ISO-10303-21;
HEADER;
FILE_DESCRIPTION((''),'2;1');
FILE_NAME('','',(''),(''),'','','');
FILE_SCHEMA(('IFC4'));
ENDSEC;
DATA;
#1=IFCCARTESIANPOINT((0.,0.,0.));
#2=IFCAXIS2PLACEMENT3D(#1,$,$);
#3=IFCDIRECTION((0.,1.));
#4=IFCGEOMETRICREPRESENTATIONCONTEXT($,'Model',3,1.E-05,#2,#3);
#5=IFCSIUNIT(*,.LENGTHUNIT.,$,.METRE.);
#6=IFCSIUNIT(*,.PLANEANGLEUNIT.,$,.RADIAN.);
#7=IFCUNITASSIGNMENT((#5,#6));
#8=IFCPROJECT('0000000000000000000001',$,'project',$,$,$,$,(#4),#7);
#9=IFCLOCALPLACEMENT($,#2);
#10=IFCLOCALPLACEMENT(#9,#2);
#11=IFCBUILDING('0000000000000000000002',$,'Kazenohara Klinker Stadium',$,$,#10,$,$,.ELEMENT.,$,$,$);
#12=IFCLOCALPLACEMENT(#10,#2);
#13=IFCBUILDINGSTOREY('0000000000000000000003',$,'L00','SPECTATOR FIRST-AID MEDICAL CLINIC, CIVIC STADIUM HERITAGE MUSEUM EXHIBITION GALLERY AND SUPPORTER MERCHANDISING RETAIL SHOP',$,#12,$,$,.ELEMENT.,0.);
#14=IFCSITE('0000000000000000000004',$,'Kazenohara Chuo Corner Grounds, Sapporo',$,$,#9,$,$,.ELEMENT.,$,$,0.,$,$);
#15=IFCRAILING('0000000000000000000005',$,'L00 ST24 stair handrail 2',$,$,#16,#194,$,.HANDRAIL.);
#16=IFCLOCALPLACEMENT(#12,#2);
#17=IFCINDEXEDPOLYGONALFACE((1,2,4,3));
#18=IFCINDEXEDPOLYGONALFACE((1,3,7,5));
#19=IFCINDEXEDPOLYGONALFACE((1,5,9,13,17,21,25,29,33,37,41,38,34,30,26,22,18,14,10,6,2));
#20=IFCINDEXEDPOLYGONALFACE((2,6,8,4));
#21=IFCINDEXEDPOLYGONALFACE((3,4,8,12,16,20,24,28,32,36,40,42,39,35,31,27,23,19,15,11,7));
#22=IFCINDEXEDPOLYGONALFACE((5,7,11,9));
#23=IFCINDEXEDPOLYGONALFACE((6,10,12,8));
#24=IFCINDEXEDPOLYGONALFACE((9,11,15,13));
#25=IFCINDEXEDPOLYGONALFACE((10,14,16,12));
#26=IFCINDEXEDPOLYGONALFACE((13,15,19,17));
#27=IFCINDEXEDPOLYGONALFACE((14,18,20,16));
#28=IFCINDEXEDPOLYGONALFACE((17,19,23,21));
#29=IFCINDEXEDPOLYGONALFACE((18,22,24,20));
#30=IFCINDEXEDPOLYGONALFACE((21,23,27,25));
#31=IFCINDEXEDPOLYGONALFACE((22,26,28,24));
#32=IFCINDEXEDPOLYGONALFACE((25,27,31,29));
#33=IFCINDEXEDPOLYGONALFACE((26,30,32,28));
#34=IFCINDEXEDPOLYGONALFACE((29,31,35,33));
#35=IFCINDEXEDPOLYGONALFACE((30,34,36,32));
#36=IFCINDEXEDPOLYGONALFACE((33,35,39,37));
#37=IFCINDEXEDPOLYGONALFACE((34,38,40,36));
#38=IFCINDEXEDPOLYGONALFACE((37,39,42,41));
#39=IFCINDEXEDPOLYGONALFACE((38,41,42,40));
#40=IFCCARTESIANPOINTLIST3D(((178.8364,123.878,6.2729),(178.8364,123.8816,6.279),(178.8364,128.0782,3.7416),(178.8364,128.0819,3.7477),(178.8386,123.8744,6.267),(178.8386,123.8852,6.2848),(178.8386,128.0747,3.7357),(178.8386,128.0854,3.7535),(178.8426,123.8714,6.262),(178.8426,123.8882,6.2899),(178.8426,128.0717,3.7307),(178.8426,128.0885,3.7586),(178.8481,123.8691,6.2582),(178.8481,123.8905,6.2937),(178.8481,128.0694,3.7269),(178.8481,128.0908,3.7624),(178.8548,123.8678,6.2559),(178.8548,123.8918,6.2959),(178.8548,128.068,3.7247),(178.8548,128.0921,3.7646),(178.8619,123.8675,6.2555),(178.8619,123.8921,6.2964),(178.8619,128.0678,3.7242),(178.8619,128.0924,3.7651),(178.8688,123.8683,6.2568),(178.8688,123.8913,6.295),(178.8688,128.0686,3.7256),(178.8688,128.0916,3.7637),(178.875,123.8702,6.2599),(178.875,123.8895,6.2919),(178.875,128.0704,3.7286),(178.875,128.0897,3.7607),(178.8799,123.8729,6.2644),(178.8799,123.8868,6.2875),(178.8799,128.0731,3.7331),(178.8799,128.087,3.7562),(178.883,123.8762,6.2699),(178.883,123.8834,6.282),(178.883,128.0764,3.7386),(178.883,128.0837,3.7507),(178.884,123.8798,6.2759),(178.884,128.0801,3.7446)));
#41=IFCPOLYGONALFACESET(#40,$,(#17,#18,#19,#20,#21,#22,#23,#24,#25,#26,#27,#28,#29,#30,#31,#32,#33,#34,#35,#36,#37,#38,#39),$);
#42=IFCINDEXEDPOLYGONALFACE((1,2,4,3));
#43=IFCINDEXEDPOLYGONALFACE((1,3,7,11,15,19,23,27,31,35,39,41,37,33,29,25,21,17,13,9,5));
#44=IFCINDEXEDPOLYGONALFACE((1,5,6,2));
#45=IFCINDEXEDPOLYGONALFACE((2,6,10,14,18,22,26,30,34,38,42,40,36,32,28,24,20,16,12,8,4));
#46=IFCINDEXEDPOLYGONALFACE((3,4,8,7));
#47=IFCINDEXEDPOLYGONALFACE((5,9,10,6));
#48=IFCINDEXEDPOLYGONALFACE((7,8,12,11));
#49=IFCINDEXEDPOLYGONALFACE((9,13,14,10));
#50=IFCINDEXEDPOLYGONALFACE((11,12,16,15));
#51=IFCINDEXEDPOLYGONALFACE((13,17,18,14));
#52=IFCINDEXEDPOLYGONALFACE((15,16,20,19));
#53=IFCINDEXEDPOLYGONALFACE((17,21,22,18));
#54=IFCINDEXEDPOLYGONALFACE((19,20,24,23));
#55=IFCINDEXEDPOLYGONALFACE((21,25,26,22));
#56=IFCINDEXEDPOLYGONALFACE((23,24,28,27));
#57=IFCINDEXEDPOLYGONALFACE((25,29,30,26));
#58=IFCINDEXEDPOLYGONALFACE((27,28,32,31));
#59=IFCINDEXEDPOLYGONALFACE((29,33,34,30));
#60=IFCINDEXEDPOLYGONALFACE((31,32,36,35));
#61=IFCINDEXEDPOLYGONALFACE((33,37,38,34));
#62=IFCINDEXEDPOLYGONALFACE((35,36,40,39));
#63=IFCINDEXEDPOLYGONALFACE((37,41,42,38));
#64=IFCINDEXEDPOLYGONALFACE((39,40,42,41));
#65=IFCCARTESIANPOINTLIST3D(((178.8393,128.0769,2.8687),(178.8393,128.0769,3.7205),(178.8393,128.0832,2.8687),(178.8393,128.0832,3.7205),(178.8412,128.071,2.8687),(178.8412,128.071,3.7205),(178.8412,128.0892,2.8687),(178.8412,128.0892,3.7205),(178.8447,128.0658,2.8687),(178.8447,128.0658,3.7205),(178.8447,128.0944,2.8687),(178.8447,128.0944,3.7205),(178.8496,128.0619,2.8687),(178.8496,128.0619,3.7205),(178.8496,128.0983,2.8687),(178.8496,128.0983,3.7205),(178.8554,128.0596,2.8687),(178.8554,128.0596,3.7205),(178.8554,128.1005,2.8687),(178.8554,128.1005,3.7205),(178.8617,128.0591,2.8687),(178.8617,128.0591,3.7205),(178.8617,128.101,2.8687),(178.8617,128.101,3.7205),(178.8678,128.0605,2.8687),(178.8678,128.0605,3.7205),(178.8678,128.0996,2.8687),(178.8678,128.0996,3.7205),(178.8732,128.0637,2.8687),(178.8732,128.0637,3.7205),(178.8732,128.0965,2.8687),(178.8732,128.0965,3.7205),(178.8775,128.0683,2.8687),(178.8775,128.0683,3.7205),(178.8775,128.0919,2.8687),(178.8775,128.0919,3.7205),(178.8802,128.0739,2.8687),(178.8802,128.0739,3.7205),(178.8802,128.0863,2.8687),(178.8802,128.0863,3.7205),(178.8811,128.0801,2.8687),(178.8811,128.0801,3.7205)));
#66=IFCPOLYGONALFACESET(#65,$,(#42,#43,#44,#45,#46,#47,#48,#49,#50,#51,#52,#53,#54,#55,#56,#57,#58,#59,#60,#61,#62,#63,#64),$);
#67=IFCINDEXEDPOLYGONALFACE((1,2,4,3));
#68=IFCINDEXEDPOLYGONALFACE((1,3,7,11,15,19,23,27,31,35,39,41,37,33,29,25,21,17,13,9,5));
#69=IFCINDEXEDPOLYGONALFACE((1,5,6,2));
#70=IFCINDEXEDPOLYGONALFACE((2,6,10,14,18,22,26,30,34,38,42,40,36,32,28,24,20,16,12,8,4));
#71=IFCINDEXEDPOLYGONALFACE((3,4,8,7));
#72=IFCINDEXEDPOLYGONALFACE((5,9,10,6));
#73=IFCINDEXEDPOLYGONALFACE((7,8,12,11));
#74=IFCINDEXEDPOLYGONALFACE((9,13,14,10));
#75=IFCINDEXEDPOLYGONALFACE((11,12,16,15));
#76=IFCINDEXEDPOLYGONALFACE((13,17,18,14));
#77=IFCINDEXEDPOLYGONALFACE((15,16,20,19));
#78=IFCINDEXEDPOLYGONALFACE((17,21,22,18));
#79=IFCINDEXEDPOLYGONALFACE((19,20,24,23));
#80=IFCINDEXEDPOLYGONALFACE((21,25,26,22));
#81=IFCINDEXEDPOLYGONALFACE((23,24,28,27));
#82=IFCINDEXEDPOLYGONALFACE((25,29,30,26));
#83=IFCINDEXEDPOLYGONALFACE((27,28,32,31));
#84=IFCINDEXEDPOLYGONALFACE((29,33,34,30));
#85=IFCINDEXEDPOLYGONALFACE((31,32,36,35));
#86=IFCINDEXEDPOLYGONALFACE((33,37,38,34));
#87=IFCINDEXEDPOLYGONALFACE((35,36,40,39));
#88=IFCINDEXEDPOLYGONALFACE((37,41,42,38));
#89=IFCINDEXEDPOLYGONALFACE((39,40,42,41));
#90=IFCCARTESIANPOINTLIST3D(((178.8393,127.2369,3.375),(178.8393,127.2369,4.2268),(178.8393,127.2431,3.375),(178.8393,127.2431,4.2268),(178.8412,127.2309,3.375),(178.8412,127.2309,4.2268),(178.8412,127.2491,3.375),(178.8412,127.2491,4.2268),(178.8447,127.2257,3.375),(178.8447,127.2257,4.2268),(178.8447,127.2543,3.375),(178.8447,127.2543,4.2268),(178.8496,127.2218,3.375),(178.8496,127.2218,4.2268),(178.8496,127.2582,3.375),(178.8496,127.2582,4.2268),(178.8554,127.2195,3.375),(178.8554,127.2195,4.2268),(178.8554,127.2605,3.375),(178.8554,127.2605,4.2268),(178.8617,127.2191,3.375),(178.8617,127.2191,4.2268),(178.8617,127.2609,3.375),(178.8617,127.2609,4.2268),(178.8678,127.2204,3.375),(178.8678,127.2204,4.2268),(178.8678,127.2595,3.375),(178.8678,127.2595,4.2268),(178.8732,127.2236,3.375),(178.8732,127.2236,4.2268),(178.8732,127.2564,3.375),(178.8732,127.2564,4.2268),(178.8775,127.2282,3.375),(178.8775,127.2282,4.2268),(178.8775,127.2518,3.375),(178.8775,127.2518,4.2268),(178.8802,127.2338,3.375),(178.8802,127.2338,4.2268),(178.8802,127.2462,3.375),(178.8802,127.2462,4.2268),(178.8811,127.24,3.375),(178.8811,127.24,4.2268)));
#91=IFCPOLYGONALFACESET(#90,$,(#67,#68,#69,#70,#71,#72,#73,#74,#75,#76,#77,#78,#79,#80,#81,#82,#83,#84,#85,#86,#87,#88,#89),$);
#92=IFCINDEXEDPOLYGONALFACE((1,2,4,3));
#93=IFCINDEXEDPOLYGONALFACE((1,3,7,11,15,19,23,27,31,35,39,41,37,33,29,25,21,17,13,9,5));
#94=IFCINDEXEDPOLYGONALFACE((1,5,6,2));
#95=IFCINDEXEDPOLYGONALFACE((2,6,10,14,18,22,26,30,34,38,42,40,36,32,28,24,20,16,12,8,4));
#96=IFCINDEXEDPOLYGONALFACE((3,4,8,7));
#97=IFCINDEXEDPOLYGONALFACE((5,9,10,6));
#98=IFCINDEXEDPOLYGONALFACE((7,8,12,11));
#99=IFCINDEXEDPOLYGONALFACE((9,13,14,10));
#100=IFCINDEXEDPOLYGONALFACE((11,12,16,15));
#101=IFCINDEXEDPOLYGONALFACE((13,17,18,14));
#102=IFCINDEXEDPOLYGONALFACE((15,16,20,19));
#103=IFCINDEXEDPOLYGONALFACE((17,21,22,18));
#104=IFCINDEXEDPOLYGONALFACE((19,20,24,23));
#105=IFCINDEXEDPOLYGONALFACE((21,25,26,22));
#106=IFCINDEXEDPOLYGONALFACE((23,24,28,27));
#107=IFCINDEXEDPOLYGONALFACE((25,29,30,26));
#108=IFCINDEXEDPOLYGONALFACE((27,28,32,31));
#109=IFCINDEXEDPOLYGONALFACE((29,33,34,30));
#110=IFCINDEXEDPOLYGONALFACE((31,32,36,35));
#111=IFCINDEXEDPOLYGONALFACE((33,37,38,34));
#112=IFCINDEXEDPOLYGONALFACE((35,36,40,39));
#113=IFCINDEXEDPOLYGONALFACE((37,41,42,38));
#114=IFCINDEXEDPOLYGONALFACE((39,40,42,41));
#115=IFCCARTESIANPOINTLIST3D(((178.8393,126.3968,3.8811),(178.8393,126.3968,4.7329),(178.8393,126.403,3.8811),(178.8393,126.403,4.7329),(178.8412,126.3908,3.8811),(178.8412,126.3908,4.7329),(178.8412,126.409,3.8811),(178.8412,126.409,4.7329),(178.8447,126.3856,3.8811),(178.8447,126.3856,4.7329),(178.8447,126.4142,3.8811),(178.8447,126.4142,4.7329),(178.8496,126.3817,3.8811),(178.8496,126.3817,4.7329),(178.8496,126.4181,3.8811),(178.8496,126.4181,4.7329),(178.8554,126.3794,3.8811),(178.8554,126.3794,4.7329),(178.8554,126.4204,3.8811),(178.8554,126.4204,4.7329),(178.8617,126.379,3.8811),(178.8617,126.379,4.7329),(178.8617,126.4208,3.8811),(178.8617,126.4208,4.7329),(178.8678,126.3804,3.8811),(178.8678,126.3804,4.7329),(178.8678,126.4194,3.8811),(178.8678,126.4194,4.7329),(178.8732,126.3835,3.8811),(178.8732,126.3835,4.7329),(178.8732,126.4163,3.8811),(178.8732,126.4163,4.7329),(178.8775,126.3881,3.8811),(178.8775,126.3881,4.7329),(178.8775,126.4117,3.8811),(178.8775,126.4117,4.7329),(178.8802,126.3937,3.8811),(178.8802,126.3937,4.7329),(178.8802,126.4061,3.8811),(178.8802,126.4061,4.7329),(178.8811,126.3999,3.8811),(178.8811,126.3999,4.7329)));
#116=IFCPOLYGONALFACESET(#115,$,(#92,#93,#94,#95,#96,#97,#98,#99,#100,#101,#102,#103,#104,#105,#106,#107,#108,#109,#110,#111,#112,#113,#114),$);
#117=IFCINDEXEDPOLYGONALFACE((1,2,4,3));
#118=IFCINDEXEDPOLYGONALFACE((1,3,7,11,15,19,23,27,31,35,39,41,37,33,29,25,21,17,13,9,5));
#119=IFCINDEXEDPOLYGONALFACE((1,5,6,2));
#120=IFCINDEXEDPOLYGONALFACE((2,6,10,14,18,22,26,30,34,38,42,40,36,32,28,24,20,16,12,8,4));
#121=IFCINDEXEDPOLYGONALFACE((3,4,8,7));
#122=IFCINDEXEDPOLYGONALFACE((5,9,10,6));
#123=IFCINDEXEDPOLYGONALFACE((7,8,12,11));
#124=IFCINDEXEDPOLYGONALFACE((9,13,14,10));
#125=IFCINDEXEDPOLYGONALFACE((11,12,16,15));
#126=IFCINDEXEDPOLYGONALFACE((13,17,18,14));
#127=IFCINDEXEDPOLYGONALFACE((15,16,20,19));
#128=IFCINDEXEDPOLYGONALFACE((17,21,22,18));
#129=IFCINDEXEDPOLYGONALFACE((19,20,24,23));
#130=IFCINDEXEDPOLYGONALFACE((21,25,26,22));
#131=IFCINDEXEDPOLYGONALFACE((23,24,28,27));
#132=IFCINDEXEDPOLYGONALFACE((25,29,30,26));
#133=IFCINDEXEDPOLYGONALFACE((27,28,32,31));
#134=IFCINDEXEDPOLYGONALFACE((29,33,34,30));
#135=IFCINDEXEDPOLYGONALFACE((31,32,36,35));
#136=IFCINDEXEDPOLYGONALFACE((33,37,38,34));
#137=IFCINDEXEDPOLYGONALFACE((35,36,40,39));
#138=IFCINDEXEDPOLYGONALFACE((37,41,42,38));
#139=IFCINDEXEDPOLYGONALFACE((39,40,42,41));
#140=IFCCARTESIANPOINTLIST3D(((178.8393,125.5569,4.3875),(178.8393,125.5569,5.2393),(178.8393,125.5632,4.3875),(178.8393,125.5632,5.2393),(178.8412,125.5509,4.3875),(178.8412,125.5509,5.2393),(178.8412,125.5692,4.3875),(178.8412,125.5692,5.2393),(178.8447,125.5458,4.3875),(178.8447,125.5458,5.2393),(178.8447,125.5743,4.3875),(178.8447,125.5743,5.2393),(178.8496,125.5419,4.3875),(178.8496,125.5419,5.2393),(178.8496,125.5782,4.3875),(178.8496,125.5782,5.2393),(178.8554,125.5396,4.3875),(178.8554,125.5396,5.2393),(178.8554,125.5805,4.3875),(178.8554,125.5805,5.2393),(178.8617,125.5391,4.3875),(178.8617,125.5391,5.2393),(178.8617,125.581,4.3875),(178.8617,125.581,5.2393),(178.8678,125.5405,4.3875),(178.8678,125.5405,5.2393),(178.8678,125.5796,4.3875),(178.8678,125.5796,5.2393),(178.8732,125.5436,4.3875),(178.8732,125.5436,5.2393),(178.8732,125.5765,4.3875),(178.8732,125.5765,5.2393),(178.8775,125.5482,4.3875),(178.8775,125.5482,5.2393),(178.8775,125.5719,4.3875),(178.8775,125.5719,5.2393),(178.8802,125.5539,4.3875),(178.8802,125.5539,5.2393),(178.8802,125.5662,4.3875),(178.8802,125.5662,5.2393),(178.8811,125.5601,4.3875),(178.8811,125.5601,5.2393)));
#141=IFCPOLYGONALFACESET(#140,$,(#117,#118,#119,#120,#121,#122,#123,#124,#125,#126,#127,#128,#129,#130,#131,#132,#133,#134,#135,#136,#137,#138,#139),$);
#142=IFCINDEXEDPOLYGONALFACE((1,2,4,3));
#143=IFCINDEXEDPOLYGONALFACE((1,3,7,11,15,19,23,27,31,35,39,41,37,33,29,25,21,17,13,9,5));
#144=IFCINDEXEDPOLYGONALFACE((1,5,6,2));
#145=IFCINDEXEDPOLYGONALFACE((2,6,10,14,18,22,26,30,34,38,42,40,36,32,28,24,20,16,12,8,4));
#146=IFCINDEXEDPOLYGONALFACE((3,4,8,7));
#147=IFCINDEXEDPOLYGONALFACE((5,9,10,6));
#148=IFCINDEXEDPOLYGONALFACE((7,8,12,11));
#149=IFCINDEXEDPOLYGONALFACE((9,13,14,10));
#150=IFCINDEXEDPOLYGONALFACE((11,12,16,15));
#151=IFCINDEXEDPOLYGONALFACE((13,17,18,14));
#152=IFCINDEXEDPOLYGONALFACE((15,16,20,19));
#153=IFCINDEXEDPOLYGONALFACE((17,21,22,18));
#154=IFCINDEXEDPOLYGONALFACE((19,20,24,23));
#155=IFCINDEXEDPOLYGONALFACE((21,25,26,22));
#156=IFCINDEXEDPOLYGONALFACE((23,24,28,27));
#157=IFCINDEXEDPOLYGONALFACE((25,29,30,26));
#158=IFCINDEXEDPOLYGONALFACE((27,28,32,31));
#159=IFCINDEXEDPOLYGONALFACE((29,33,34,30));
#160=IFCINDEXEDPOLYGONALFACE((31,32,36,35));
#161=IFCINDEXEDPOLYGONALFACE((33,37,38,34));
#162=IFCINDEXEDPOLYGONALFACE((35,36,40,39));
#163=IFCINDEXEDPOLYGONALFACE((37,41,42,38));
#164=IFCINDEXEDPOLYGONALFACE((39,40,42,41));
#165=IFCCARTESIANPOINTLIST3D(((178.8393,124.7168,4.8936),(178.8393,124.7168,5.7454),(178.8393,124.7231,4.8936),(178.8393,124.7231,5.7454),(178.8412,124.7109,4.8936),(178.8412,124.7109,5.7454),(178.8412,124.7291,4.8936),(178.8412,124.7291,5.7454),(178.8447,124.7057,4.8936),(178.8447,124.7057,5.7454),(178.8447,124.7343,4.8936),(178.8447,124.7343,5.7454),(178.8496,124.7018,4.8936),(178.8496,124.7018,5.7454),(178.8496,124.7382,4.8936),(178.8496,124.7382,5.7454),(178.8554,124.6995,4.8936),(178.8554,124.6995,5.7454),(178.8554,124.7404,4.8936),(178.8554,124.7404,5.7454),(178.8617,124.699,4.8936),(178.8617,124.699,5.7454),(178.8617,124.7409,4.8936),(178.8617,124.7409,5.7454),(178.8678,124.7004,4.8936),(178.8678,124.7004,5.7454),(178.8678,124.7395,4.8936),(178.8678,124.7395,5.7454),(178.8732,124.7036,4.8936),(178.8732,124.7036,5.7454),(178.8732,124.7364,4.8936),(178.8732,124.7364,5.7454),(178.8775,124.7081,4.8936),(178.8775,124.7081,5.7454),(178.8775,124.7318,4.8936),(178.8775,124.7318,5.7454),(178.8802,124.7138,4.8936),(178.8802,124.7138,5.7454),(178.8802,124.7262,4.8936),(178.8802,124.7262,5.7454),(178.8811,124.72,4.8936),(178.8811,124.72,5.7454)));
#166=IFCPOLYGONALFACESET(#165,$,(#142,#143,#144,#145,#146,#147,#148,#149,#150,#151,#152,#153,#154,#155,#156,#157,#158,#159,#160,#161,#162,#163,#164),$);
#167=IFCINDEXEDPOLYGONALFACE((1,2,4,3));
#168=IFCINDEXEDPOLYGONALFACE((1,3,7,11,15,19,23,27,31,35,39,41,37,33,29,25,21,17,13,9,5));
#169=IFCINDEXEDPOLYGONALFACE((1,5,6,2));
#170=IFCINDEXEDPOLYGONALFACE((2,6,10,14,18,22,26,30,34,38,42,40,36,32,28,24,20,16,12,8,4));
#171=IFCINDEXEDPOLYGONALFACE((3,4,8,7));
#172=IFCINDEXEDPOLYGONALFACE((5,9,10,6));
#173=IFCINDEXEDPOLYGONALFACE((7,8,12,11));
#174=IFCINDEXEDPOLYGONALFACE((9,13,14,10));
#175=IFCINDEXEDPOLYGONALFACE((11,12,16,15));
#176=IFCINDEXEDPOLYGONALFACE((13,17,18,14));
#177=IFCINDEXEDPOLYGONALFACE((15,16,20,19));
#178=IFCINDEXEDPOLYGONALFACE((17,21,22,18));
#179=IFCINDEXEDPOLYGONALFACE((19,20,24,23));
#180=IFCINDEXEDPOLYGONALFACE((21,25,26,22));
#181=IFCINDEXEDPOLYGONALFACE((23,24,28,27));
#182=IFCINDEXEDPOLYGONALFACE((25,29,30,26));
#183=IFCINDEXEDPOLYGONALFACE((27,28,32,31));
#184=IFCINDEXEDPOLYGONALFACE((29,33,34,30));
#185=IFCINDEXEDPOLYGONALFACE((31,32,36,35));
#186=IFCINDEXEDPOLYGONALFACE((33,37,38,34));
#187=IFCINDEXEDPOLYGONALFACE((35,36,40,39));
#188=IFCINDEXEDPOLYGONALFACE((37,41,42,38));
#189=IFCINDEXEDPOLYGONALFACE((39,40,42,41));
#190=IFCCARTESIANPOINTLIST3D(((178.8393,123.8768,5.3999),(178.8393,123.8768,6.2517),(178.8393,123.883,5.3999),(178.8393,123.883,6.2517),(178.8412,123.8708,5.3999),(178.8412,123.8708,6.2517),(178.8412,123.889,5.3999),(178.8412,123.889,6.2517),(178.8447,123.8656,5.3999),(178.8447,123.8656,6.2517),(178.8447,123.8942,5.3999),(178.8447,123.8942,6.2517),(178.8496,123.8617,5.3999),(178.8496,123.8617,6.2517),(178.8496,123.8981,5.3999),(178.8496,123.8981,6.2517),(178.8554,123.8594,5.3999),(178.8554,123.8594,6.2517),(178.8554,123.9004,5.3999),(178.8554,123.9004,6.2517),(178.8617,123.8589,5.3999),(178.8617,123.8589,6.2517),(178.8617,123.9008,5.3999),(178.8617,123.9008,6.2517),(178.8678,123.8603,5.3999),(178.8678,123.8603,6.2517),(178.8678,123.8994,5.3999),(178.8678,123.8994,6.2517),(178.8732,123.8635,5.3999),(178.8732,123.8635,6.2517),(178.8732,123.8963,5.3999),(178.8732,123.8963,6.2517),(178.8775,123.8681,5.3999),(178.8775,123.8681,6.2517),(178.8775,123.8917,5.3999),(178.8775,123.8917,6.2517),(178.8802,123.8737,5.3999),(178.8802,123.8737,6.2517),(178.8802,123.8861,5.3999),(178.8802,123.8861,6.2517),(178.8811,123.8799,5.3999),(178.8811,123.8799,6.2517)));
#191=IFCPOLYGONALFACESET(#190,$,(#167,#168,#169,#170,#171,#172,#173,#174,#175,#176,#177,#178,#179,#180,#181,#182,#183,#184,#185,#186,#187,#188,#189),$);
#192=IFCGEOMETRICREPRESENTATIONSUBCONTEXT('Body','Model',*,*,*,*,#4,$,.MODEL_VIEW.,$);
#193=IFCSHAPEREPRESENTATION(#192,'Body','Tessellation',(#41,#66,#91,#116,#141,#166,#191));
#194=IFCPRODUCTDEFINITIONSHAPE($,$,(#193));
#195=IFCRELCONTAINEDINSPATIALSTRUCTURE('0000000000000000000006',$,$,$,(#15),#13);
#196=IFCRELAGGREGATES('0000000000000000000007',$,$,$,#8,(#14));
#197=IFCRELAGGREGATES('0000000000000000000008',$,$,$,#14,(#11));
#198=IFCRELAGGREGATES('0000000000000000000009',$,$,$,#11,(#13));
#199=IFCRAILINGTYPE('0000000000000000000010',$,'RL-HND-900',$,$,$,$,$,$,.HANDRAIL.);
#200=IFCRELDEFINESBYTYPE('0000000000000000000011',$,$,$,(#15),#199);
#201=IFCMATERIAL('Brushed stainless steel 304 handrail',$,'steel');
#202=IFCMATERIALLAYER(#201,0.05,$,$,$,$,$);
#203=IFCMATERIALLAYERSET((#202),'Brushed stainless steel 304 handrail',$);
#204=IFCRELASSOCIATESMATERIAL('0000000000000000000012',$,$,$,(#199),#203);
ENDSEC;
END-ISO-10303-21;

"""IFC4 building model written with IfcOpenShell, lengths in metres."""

from ifc_helpers import new_model, si_unit, direction, frame, origin, origin_2d, place, context, subcontext, project, spatial, circle, extrude, material, layer, layer_set, type_object, element, save


model = new_model("IFC4")

# Units and contexts
model_context = context("Model", 3, precision=1e-05, world=origin(), true_north=direction((0.0, 1.0)))
body_context = subcontext(model_context, "Body", "Model", "MODEL_VIEW")
ifc_project = project(units=[si_unit("LENGTHUNIT", "METRE"), si_unit("PLANEANGLEUNIT", "RADIAN")], contexts=[model_context])

# Site, building, storey
site_placement = place(None, origin())
site = spatial("IfcSite", under=ifc_project, at=site_placement, Name="Kazenohara Chuo Corner Grounds, Sapporo", CompositionType="ELEMENT", RefElevation=0.0)
building_placement = place(site_placement, origin())
building = spatial("IfcBuilding", under=site, at=building_placement, Name="Kazenohara Klinker Stadium", CompositionType="ELEMENT")
storey_placement = place(building_placement, origin())
storey = spatial("IfcBuildingStorey", under=building, at=storey_placement, Name="L00", Description="SPECTATOR FIRST-AID MEDICAL CLINIC, CIVIC STADIUM HERITAGE MUSEUM EXHIBITION GALLERY AND SUPPORTER MERCHANDISING RETAIL SHOP", CompositionType="ELEMENT", Elevation=0.0)

# Railing
ifc_material_1 = material(Name="Brushed stainless steel 304 handrail", Category="steel")
ifc_layer_1 = layer(ifc_material_1, 0.05)
ifc_layer_set_1 = layer_set([ifc_layer_1], Name="Brushed stainless steel 304 handrail")
railing_type_1 = type_object("IfcRailingType", Name="RL-HND-900", PredefinedType="HANDRAIL", material=ifc_layer_set_1)
railing_1_placement = place(storey_placement, frame((178.8601, 128.0801, 2.8687)))
element("IfcRailing", 1, at=railing_1_placement, inside=storey, type_object=railing_type_1, Name="L00 ST24 stair handrail 2", PredefinedType="HANDRAIL", context=body_context, shape_type="SweptSolid", body=[
    extrude(circle(Radius=0.0239, at=origin_2d()), frame((0.0, 0.0, 0.876), z_axis=(0.0, -0.85649, 0.516164), x_axis=(1.0, 0.0, 0.0)), (0.0, 0.0, 1.0), 4.9041),
    extrude(circle(Radius=0.021, at=origin_2d()), origin(), (0.0, 0.0, 1.0), 0.8518),
    extrude(circle(Radius=0.021, at=origin_2d()), frame((0.0, -0.8401, 0.5063)), (0.0, 0.0, 1.0), 0.8518),
    extrude(circle(Radius=0.021, at=origin_2d()), frame((0.0, -1.6802, 1.0125)), (0.0, 0.0, 1.0), 0.8518),
    extrude(circle(Radius=0.021, at=origin_2d()), frame((0.0, -2.52, 1.5188)), (0.0, 0.0, 1.0), 0.8518),
    extrude(circle(Radius=0.021, at=origin_2d()), frame((0.0, -3.3601, 2.0249)), (0.0, 0.0, 1.0), 0.8518),
    extrude(circle(Radius=0.021, at=origin_2d()), frame((0.0, -4.2002, 2.5312)), (0.0, 0.0, 1.0), 0.8518),
])

save(model, "model.ifc")
